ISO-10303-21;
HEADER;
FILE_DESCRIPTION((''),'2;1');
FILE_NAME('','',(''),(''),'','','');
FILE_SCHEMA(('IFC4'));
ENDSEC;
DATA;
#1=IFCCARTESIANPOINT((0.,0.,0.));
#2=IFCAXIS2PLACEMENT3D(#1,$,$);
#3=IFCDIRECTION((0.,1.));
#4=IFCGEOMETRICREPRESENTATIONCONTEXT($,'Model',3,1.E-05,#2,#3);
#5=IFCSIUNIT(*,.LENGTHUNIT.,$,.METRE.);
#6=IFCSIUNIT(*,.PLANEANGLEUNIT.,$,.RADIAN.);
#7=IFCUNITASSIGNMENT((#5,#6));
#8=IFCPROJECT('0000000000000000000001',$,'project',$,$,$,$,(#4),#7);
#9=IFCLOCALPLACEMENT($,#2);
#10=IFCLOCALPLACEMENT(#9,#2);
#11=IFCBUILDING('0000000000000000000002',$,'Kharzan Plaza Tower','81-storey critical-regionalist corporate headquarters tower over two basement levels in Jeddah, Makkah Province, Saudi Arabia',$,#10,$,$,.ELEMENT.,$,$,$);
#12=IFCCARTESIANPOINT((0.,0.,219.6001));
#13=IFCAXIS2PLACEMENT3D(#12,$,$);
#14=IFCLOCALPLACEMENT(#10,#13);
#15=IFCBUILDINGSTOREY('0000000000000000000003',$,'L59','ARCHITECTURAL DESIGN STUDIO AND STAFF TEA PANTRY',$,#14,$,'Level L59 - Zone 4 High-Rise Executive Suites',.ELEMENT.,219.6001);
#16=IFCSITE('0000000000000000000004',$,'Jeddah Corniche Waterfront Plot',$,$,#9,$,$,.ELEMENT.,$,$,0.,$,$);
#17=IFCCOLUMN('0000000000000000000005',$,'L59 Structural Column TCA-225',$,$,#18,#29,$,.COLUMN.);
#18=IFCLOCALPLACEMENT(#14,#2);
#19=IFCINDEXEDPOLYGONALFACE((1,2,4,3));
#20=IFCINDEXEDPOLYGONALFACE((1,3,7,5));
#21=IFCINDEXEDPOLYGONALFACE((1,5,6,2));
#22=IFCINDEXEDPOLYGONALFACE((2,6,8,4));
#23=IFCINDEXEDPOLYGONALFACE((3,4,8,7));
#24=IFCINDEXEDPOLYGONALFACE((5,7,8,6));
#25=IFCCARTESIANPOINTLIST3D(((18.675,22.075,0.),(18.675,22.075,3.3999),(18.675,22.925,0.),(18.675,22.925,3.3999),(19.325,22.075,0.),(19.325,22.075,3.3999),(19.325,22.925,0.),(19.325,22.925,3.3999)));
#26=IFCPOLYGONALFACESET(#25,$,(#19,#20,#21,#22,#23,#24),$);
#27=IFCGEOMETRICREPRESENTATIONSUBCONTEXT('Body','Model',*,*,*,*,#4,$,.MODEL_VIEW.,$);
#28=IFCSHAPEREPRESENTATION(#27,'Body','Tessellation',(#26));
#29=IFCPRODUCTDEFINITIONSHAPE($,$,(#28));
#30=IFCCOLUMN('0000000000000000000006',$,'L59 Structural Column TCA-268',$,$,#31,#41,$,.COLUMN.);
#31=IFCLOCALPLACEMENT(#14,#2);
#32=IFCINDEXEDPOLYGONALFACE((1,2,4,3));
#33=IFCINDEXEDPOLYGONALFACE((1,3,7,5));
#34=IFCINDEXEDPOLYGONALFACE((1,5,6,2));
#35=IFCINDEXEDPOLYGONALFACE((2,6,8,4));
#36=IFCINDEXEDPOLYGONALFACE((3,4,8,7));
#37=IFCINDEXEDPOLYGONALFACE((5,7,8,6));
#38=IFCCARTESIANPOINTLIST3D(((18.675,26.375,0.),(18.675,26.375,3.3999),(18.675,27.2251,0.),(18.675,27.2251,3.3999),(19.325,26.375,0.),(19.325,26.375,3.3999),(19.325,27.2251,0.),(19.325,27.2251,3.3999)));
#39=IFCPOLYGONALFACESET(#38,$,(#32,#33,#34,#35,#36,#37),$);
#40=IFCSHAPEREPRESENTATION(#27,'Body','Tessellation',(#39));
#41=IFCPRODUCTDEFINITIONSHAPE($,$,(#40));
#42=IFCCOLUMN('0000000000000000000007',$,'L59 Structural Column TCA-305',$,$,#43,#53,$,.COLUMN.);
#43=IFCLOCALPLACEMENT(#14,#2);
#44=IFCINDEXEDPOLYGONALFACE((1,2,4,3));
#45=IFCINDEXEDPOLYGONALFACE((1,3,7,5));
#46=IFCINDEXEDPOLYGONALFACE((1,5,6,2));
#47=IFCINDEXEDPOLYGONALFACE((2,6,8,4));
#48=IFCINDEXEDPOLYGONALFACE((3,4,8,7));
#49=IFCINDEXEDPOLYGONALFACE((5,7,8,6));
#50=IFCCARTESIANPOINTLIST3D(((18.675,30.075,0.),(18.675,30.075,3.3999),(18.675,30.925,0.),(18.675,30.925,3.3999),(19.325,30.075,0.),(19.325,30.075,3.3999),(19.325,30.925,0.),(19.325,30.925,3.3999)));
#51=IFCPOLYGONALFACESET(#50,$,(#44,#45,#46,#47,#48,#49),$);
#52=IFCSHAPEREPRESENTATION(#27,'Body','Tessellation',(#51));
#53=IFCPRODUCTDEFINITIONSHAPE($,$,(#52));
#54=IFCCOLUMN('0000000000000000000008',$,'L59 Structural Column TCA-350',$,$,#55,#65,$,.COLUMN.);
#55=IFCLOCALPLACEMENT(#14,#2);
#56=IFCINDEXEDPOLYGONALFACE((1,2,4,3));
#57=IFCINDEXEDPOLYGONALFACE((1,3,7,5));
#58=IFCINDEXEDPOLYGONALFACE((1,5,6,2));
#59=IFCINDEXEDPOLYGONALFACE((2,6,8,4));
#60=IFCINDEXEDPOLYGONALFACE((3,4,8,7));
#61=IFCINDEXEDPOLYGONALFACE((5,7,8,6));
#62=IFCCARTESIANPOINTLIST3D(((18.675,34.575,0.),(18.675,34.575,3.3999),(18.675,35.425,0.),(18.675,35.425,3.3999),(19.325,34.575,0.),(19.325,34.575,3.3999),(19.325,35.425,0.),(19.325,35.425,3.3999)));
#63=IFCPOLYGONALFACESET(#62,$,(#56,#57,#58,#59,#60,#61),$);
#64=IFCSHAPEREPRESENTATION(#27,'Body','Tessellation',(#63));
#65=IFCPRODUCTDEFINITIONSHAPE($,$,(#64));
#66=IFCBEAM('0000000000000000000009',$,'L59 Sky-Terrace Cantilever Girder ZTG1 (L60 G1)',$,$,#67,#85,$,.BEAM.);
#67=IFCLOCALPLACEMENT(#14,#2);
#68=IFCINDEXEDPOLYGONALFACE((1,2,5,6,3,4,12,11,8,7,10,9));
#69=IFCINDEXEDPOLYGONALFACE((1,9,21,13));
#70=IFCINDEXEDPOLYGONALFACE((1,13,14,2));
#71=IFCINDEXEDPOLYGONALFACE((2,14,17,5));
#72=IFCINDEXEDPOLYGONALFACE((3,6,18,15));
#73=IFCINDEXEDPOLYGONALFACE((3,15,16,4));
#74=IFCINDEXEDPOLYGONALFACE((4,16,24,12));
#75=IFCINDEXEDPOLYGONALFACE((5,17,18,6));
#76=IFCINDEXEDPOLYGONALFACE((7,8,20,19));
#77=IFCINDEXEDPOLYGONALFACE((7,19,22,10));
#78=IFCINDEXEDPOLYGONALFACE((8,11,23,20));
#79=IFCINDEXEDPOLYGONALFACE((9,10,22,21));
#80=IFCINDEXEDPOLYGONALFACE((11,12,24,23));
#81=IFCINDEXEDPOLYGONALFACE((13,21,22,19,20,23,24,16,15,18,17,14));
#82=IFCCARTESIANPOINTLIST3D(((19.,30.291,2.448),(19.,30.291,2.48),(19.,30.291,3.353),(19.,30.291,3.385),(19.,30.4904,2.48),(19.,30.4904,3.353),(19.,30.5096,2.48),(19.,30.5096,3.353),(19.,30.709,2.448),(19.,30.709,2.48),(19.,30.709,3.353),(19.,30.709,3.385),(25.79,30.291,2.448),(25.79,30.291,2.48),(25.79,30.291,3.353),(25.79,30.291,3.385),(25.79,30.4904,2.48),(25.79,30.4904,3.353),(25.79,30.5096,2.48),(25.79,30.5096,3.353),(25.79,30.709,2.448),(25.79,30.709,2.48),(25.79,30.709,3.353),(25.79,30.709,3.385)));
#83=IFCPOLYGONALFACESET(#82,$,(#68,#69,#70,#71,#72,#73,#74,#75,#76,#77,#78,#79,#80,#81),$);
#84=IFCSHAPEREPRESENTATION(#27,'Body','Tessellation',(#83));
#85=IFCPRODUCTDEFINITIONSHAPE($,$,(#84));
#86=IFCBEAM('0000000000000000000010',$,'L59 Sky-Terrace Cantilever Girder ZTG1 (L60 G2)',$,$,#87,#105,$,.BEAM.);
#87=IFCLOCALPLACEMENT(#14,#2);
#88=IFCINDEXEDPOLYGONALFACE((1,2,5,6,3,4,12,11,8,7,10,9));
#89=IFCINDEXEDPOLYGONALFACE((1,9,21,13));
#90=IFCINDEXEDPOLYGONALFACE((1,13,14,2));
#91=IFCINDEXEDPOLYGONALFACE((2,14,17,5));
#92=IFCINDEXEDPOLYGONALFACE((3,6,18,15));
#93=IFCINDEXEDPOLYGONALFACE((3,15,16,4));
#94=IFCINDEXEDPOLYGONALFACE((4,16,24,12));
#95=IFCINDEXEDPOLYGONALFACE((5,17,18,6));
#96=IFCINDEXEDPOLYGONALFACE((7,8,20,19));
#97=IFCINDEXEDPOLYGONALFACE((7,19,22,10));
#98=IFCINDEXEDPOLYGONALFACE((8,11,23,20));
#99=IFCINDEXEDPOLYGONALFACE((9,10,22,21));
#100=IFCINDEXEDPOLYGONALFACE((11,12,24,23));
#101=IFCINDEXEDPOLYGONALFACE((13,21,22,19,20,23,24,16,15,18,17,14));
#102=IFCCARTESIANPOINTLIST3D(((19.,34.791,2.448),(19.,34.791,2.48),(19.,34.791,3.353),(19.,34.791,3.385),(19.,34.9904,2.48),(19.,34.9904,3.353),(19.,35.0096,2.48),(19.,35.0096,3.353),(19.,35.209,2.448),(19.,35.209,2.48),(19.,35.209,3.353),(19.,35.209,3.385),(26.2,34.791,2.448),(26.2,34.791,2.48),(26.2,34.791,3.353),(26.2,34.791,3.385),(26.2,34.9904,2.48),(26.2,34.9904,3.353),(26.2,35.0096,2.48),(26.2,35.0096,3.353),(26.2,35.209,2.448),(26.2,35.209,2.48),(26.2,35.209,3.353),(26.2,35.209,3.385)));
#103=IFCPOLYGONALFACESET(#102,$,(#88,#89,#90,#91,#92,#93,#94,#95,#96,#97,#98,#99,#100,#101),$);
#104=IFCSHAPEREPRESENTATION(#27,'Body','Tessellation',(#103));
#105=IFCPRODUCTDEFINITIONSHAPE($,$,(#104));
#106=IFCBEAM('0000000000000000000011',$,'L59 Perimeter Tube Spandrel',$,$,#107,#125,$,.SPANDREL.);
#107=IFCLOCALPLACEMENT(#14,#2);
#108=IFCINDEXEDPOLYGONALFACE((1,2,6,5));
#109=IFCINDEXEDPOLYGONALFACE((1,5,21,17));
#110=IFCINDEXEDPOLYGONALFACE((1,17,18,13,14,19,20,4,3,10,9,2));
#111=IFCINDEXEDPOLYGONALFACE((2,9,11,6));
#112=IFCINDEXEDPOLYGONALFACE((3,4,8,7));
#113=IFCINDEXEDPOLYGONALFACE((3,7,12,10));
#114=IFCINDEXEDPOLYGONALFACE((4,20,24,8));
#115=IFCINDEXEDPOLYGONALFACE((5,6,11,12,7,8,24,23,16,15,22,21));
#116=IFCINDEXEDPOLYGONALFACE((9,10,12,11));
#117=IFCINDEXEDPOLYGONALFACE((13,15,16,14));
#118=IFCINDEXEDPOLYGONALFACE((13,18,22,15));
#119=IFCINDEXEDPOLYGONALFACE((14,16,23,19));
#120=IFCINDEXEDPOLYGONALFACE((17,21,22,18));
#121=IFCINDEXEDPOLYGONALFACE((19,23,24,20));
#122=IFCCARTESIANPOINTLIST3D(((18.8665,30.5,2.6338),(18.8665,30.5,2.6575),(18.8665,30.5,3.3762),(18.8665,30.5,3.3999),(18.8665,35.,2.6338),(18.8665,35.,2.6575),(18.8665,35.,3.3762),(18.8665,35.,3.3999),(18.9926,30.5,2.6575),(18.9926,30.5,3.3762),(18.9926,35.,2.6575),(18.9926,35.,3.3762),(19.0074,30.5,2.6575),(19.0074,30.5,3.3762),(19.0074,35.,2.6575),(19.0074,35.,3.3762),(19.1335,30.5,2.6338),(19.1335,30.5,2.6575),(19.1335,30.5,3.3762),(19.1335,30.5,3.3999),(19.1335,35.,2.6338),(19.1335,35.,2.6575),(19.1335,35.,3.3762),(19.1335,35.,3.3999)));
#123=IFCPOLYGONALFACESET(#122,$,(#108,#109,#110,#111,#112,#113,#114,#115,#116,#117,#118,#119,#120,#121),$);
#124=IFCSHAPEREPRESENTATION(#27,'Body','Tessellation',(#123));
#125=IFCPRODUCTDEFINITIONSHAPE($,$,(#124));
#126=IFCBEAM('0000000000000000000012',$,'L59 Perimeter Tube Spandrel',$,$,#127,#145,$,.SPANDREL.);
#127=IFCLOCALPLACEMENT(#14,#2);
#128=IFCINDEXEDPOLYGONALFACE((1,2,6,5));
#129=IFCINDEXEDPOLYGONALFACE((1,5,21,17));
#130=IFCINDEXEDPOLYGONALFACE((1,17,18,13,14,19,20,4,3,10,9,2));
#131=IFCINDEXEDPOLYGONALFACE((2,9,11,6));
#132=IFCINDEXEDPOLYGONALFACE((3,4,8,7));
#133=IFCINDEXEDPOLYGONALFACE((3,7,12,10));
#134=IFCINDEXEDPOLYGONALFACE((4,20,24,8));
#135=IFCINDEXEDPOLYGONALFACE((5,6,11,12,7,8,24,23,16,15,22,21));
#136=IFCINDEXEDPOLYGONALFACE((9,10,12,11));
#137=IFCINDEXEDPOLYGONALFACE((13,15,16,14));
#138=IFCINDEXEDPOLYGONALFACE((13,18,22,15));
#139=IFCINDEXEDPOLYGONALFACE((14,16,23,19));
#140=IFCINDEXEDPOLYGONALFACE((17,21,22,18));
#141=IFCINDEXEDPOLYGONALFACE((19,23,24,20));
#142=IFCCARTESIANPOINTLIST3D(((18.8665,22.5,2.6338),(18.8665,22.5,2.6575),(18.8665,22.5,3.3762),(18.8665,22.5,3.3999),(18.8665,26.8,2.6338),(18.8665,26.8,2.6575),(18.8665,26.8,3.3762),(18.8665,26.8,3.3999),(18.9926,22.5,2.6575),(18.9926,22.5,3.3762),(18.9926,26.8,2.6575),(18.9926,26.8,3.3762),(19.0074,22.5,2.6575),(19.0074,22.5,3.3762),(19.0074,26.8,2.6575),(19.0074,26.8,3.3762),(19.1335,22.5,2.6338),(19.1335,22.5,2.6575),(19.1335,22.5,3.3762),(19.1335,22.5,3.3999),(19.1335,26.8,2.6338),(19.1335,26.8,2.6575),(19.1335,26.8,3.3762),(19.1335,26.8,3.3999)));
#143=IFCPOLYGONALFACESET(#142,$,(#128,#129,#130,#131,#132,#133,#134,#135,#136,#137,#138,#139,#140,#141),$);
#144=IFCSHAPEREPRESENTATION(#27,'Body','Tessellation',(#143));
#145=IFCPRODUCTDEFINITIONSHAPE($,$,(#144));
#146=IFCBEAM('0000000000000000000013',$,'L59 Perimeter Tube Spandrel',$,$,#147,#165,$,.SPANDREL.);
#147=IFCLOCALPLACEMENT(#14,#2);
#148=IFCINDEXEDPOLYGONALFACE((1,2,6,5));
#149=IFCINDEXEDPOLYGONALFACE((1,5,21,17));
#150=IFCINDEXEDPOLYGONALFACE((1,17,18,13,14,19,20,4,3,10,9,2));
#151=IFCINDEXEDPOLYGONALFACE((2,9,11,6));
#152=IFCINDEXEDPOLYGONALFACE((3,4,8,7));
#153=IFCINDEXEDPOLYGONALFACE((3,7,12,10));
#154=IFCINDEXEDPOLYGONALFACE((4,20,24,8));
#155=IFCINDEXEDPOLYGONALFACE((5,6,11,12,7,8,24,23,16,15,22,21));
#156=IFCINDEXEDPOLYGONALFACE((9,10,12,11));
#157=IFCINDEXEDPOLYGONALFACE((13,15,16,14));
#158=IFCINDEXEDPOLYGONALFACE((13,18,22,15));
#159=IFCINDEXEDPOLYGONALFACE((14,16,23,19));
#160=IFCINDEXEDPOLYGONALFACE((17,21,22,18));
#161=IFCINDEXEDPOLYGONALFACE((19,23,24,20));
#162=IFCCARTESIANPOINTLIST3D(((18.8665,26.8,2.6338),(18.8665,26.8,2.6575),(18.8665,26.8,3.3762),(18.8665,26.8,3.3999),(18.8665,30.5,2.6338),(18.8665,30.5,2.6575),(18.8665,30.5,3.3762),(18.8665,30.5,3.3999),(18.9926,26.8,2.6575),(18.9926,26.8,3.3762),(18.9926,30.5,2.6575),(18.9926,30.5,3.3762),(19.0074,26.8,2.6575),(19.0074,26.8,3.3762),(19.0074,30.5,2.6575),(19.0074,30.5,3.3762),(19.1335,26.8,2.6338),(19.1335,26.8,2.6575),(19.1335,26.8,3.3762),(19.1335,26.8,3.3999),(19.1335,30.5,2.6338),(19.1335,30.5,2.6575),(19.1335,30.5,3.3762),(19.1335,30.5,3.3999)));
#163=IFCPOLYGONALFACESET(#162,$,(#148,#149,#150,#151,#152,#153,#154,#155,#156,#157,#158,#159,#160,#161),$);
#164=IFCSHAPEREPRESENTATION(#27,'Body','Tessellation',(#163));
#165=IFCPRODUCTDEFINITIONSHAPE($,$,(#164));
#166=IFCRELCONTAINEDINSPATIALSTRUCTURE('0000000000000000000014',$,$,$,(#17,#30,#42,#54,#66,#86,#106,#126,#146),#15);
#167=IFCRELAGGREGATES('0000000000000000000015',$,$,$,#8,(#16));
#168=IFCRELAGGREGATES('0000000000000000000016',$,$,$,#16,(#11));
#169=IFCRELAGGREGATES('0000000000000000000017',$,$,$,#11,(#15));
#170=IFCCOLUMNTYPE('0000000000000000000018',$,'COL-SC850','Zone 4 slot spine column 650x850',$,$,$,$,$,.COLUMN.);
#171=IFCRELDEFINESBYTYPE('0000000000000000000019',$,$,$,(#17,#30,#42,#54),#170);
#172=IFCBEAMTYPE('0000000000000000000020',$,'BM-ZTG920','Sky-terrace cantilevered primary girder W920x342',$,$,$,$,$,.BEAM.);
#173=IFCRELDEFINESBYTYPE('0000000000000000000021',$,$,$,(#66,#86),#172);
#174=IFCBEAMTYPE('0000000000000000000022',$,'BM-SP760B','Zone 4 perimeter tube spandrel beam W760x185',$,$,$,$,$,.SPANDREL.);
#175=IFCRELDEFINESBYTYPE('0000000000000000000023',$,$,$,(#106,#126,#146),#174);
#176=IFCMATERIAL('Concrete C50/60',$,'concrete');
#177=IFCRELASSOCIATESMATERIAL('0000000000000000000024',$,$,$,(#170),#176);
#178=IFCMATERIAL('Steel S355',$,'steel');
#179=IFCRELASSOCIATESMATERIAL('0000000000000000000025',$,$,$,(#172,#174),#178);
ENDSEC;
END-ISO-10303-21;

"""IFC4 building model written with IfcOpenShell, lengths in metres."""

from ifc_helpers import new_model, si_unit, direction, frame, origin, origin_2d, place, context, subcontext, project, spatial, rectangle, i_section, extrude, source, transform, mapped, material, material_profile, profile_set, type_object, element, save


model = new_model("IFC4")

# Units and contexts
model_context = context("Model", 3, precision=1e-05, world=origin(), true_north=direction((0.0, 1.0)))
body_context = subcontext(model_context, "Body", "Model", "MODEL_VIEW")
ifc_project = project(units=[si_unit("LENGTHUNIT", "METRE"), si_unit("PLANEANGLEUNIT", "RADIAN")], contexts=[model_context])

# Site, building, storey
site_placement = place(None, origin())
site = spatial("IfcSite", under=ifc_project, at=site_placement, Name="Jeddah Corniche Waterfront Plot", CompositionType="ELEMENT", RefElevation=0.0)
building_placement = place(site_placement, origin())
building = spatial("IfcBuilding", under=site, at=building_placement, Name="Kharzan Plaza Tower", Description="81-storey critical-regionalist corporate headquarters tower over two basement levels in Jeddah, Makkah Province, Saudi Arabia", CompositionType="ELEMENT")
storey_placement = place(building_placement, frame((0.0, 0.0, 219.6001)))
storey = spatial("IfcBuildingStorey", under=building, at=storey_placement, Name="L59", Description="ARCHITECTURAL DESIGN STUDIO AND STAFF TEA PANTRY", LongName="Level L59 - Zone 4 High-Rise Executive Suites", CompositionType="ELEMENT", Elevation=219.6001)

# Columns
ifc_material_1 = material(Name="Concrete C50/60", Category="concrete")
ifc_material_profile_1 = material_profile(ifc_material_1, rectangle(XDim=0.6499, YDim=0.8501, at=origin_2d()), Name="RC-SC850x650")
ifc_profile_set_1 = profile_set([ifc_material_profile_1], Name="Concrete C50/60")
column_type = type_object("IfcColumnType", Name="COL-SC850", Description="Zone 4 slot spine column 650x850", PredefinedType="COLUMN", material=ifc_profile_set_1)
shared_shape_1 = source(origin(), body_context, "Body", "SweptSolid", [
    extrude(rectangle(XDim=0.6499, YDim=0.8501, at=origin_2d()), origin(), (0.0, 0.0, 1.0), 3.3999),
])
for number, where, z_axis, x_axis, name in (
    (1, (19.0, 22.5, 0.0), (0.0, 0.0, 1.0), (1.0, 0.0, 0.0), "L59 Structural Column TCA-225"),
    (2, (19.0, 26.8, 0.0), (0.0, 0.0, 1.0), (1.0, 0.0, 0.0), "L59 Structural Column TCA-268"),
    (3, (19.0, 30.5, 0.0), (0.0, 0.0, 1.0), (1.0, 0.0, 0.0), "L59 Structural Column TCA-305"),
    (4, (19.0, 35.0, 0.0), (0.0, 0.0, 1.0), (1.0, 0.0, 0.0), "L59 Structural Column TCA-350"),
):
    element("IfcColumn", number, at=place(storey_placement, frame(where, z_axis=z_axis, x_axis=x_axis)), inside=storey, type_object=column_type, Name=name, PredefinedType="COLUMN", context=body_context, shape_type="MappedRepresentation", body=[
        mapped(shared_shape_1, transform((0.0, 0.0, 0.0), x_axis=(1.0, 0.0, 0.0), y_axis=(0.0, 1.0, 0.0), z_axis=(0.0, 0.0, 1.0))),
    ])

# Beams
ifc_material_2 = material(Name="Steel S355", Category="steel")
ifc_material_profile_2 = material_profile(ifc_material_2, i_section(OverallWidth=0.418, OverallDepth=0.937, WebThickness=0.0193, FlangeThickness=0.032, at=origin_2d()), Name="W920x342")
ifc_profile_set_2 = profile_set([ifc_material_profile_2], Name="Steel S355")
beam_type_1 = type_object("IfcBeamType", Name="BM-ZTG920", Description="Sky-terrace cantilevered primary girder W920x342", PredefinedType="BEAM", material=ifc_profile_set_2)
shared_shape_2 = source(origin(), body_context, "Body", "SweptSolid", [
    extrude(i_section(OverallWidth=0.418, OverallDepth=0.937, WebThickness=0.0193, FlangeThickness=0.032, at=origin_2d()), origin(), (0.0, 0.0, 1.0), 6.79),
])
beam_1_placement = place(storey_placement, frame((19.0, 30.5, 2.9165), z_axis=(1.0, 0.0, 0.0), x_axis=(0.0, 1.0, 0.0)))
element("IfcBeam", 5, at=beam_1_placement, inside=storey, type_object=beam_type_1, Name="L59 Sky-Terrace Cantilever Girder ZTG1 (L60 G1)", PredefinedType="BEAM", context=body_context, shape_type="MappedRepresentation", body=[
    mapped(shared_shape_2, transform((0.0, 0.0, 0.0), x_axis=(1.0, 0.0, 0.0), y_axis=(0.0, 1.0, 0.0), z_axis=(0.0, 0.0, 1.0))),
])
shared_shape_3 = source(origin(), body_context, "Body", "SweptSolid", [
    extrude(i_section(OverallWidth=0.418, OverallDepth=0.937, WebThickness=0.0193, FlangeThickness=0.032, at=origin_2d()), origin(), (0.0, 0.0, 1.0), 7.2),
])
beam_2_placement = place(storey_placement, frame((19.0, 35.0, 2.9165), z_axis=(1.0, 0.0, 0.0), x_axis=(0.0, 1.0, 0.0)))
element("IfcBeam", 6, at=beam_2_placement, inside=storey, type_object=beam_type_1, Name="L59 Sky-Terrace Cantilever Girder ZTG1 (L60 G2)", PredefinedType="BEAM", context=body_context, shape_type="MappedRepresentation", body=[
    mapped(shared_shape_3, transform((0.0, 0.0, 0.0), x_axis=(1.0, 0.0, 0.0), y_axis=(0.0, 1.0, 0.0), z_axis=(0.0, 0.0, 1.0))),
])
ifc_material_profile_3 = material_profile(ifc_material_2, i_section(OverallWidth=0.2671, OverallDepth=0.7661, WebThickness=0.0149, FlangeThickness=0.0237, at=origin_2d()), Name="W760x185")
ifc_profile_set_3 = profile_set([ifc_material_profile_3], Name="Steel S355")
beam_type_2 = type_object("IfcBeamType", Name="BM-SP760B", Description="Zone 4 perimeter tube spandrel beam W760x185", PredefinedType="SPANDREL", material=ifc_profile_set_3)
shared_shape_4 = source(origin(), body_context, "Body", "SweptSolid", [
    extrude(i_section(OverallWidth=0.2671, OverallDepth=0.7661, WebThickness=0.0149, FlangeThickness=0.0237, at=origin_2d()), origin(), (0.0, 0.0, 1.0), 4.5),
])
beam_3_placement = place(storey_placement, frame((19.0, 30.5, 3.0168), z_axis=(0.0, 1.0, 0.0), x_axis=(-1.0, 0.0, 0.0)))
element("IfcBeam", 7, at=beam_3_placement, inside=storey, type_object=beam_type_2, Name="L59 Perimeter Tube Spandrel", PredefinedType="SPANDREL", context=body_context, shape_type="MappedRepresentation", body=[
    mapped(shared_shape_4, transform((0.0, 0.0, 0.0), x_axis=(1.0, 0.0, 0.0), y_axis=(0.0, 1.0, 0.0), z_axis=(0.0, 0.0, 1.0))),
])
shared_shape_5 = source(origin(), body_context, "Body", "SweptSolid", [
    extrude(i_section(OverallWidth=0.2671, OverallDepth=0.7661, WebThickness=0.0149, FlangeThickness=0.0237, at=origin_2d()), origin(), (0.0, 0.0, 1.0), 4.3),
])
beam_4_placement = place(storey_placement, frame((19.0, 22.5, 3.0168), z_axis=(0.0, 1.0, 0.0), x_axis=(-1.0, 0.0, 0.0)))
element("IfcBeam", 8, at=beam_4_placement, inside=storey, type_object=beam_type_2, Name="L59 Perimeter Tube Spandrel", PredefinedType="SPANDREL", context=body_context, shape_type="MappedRepresentation", body=[
    mapped(shared_shape_5, transform((0.0, 0.0, 0.0), x_axis=(1.0, 0.0, 0.0), y_axis=(0.0, 1.0, 0.0), z_axis=(0.0, 0.0, 1.0))),
])
shared_shape_6 = source(origin(), body_context, "Body", "SweptSolid", [
    extrude(i_section(OverallWidth=0.2671, OverallDepth=0.7661, WebThickness=0.0149, FlangeThickness=0.0237, at=origin_2d()), origin(), (0.0, 0.0, 1.0), 3.7),
])
beam_5_placement = place(storey_placement, frame((19.0, 26.8, 3.0168), z_axis=(0.0, 1.0, 0.0), x_axis=(-1.0, 0.0, 0.0)))
element("IfcBeam", 9, at=beam_5_placement, inside=storey, type_object=beam_type_2, Name="L59 Perimeter Tube Spandrel", PredefinedType="SPANDREL", context=body_context, shape_type="MappedRepresentation", body=[
    mapped(shared_shape_6, transform((0.0, 0.0, 0.0), x_axis=(1.0, 0.0, 0.0), y_axis=(0.0, 1.0, 0.0), z_axis=(0.0, 0.0, 1.0))),
])

save(model, "model.ifc")
